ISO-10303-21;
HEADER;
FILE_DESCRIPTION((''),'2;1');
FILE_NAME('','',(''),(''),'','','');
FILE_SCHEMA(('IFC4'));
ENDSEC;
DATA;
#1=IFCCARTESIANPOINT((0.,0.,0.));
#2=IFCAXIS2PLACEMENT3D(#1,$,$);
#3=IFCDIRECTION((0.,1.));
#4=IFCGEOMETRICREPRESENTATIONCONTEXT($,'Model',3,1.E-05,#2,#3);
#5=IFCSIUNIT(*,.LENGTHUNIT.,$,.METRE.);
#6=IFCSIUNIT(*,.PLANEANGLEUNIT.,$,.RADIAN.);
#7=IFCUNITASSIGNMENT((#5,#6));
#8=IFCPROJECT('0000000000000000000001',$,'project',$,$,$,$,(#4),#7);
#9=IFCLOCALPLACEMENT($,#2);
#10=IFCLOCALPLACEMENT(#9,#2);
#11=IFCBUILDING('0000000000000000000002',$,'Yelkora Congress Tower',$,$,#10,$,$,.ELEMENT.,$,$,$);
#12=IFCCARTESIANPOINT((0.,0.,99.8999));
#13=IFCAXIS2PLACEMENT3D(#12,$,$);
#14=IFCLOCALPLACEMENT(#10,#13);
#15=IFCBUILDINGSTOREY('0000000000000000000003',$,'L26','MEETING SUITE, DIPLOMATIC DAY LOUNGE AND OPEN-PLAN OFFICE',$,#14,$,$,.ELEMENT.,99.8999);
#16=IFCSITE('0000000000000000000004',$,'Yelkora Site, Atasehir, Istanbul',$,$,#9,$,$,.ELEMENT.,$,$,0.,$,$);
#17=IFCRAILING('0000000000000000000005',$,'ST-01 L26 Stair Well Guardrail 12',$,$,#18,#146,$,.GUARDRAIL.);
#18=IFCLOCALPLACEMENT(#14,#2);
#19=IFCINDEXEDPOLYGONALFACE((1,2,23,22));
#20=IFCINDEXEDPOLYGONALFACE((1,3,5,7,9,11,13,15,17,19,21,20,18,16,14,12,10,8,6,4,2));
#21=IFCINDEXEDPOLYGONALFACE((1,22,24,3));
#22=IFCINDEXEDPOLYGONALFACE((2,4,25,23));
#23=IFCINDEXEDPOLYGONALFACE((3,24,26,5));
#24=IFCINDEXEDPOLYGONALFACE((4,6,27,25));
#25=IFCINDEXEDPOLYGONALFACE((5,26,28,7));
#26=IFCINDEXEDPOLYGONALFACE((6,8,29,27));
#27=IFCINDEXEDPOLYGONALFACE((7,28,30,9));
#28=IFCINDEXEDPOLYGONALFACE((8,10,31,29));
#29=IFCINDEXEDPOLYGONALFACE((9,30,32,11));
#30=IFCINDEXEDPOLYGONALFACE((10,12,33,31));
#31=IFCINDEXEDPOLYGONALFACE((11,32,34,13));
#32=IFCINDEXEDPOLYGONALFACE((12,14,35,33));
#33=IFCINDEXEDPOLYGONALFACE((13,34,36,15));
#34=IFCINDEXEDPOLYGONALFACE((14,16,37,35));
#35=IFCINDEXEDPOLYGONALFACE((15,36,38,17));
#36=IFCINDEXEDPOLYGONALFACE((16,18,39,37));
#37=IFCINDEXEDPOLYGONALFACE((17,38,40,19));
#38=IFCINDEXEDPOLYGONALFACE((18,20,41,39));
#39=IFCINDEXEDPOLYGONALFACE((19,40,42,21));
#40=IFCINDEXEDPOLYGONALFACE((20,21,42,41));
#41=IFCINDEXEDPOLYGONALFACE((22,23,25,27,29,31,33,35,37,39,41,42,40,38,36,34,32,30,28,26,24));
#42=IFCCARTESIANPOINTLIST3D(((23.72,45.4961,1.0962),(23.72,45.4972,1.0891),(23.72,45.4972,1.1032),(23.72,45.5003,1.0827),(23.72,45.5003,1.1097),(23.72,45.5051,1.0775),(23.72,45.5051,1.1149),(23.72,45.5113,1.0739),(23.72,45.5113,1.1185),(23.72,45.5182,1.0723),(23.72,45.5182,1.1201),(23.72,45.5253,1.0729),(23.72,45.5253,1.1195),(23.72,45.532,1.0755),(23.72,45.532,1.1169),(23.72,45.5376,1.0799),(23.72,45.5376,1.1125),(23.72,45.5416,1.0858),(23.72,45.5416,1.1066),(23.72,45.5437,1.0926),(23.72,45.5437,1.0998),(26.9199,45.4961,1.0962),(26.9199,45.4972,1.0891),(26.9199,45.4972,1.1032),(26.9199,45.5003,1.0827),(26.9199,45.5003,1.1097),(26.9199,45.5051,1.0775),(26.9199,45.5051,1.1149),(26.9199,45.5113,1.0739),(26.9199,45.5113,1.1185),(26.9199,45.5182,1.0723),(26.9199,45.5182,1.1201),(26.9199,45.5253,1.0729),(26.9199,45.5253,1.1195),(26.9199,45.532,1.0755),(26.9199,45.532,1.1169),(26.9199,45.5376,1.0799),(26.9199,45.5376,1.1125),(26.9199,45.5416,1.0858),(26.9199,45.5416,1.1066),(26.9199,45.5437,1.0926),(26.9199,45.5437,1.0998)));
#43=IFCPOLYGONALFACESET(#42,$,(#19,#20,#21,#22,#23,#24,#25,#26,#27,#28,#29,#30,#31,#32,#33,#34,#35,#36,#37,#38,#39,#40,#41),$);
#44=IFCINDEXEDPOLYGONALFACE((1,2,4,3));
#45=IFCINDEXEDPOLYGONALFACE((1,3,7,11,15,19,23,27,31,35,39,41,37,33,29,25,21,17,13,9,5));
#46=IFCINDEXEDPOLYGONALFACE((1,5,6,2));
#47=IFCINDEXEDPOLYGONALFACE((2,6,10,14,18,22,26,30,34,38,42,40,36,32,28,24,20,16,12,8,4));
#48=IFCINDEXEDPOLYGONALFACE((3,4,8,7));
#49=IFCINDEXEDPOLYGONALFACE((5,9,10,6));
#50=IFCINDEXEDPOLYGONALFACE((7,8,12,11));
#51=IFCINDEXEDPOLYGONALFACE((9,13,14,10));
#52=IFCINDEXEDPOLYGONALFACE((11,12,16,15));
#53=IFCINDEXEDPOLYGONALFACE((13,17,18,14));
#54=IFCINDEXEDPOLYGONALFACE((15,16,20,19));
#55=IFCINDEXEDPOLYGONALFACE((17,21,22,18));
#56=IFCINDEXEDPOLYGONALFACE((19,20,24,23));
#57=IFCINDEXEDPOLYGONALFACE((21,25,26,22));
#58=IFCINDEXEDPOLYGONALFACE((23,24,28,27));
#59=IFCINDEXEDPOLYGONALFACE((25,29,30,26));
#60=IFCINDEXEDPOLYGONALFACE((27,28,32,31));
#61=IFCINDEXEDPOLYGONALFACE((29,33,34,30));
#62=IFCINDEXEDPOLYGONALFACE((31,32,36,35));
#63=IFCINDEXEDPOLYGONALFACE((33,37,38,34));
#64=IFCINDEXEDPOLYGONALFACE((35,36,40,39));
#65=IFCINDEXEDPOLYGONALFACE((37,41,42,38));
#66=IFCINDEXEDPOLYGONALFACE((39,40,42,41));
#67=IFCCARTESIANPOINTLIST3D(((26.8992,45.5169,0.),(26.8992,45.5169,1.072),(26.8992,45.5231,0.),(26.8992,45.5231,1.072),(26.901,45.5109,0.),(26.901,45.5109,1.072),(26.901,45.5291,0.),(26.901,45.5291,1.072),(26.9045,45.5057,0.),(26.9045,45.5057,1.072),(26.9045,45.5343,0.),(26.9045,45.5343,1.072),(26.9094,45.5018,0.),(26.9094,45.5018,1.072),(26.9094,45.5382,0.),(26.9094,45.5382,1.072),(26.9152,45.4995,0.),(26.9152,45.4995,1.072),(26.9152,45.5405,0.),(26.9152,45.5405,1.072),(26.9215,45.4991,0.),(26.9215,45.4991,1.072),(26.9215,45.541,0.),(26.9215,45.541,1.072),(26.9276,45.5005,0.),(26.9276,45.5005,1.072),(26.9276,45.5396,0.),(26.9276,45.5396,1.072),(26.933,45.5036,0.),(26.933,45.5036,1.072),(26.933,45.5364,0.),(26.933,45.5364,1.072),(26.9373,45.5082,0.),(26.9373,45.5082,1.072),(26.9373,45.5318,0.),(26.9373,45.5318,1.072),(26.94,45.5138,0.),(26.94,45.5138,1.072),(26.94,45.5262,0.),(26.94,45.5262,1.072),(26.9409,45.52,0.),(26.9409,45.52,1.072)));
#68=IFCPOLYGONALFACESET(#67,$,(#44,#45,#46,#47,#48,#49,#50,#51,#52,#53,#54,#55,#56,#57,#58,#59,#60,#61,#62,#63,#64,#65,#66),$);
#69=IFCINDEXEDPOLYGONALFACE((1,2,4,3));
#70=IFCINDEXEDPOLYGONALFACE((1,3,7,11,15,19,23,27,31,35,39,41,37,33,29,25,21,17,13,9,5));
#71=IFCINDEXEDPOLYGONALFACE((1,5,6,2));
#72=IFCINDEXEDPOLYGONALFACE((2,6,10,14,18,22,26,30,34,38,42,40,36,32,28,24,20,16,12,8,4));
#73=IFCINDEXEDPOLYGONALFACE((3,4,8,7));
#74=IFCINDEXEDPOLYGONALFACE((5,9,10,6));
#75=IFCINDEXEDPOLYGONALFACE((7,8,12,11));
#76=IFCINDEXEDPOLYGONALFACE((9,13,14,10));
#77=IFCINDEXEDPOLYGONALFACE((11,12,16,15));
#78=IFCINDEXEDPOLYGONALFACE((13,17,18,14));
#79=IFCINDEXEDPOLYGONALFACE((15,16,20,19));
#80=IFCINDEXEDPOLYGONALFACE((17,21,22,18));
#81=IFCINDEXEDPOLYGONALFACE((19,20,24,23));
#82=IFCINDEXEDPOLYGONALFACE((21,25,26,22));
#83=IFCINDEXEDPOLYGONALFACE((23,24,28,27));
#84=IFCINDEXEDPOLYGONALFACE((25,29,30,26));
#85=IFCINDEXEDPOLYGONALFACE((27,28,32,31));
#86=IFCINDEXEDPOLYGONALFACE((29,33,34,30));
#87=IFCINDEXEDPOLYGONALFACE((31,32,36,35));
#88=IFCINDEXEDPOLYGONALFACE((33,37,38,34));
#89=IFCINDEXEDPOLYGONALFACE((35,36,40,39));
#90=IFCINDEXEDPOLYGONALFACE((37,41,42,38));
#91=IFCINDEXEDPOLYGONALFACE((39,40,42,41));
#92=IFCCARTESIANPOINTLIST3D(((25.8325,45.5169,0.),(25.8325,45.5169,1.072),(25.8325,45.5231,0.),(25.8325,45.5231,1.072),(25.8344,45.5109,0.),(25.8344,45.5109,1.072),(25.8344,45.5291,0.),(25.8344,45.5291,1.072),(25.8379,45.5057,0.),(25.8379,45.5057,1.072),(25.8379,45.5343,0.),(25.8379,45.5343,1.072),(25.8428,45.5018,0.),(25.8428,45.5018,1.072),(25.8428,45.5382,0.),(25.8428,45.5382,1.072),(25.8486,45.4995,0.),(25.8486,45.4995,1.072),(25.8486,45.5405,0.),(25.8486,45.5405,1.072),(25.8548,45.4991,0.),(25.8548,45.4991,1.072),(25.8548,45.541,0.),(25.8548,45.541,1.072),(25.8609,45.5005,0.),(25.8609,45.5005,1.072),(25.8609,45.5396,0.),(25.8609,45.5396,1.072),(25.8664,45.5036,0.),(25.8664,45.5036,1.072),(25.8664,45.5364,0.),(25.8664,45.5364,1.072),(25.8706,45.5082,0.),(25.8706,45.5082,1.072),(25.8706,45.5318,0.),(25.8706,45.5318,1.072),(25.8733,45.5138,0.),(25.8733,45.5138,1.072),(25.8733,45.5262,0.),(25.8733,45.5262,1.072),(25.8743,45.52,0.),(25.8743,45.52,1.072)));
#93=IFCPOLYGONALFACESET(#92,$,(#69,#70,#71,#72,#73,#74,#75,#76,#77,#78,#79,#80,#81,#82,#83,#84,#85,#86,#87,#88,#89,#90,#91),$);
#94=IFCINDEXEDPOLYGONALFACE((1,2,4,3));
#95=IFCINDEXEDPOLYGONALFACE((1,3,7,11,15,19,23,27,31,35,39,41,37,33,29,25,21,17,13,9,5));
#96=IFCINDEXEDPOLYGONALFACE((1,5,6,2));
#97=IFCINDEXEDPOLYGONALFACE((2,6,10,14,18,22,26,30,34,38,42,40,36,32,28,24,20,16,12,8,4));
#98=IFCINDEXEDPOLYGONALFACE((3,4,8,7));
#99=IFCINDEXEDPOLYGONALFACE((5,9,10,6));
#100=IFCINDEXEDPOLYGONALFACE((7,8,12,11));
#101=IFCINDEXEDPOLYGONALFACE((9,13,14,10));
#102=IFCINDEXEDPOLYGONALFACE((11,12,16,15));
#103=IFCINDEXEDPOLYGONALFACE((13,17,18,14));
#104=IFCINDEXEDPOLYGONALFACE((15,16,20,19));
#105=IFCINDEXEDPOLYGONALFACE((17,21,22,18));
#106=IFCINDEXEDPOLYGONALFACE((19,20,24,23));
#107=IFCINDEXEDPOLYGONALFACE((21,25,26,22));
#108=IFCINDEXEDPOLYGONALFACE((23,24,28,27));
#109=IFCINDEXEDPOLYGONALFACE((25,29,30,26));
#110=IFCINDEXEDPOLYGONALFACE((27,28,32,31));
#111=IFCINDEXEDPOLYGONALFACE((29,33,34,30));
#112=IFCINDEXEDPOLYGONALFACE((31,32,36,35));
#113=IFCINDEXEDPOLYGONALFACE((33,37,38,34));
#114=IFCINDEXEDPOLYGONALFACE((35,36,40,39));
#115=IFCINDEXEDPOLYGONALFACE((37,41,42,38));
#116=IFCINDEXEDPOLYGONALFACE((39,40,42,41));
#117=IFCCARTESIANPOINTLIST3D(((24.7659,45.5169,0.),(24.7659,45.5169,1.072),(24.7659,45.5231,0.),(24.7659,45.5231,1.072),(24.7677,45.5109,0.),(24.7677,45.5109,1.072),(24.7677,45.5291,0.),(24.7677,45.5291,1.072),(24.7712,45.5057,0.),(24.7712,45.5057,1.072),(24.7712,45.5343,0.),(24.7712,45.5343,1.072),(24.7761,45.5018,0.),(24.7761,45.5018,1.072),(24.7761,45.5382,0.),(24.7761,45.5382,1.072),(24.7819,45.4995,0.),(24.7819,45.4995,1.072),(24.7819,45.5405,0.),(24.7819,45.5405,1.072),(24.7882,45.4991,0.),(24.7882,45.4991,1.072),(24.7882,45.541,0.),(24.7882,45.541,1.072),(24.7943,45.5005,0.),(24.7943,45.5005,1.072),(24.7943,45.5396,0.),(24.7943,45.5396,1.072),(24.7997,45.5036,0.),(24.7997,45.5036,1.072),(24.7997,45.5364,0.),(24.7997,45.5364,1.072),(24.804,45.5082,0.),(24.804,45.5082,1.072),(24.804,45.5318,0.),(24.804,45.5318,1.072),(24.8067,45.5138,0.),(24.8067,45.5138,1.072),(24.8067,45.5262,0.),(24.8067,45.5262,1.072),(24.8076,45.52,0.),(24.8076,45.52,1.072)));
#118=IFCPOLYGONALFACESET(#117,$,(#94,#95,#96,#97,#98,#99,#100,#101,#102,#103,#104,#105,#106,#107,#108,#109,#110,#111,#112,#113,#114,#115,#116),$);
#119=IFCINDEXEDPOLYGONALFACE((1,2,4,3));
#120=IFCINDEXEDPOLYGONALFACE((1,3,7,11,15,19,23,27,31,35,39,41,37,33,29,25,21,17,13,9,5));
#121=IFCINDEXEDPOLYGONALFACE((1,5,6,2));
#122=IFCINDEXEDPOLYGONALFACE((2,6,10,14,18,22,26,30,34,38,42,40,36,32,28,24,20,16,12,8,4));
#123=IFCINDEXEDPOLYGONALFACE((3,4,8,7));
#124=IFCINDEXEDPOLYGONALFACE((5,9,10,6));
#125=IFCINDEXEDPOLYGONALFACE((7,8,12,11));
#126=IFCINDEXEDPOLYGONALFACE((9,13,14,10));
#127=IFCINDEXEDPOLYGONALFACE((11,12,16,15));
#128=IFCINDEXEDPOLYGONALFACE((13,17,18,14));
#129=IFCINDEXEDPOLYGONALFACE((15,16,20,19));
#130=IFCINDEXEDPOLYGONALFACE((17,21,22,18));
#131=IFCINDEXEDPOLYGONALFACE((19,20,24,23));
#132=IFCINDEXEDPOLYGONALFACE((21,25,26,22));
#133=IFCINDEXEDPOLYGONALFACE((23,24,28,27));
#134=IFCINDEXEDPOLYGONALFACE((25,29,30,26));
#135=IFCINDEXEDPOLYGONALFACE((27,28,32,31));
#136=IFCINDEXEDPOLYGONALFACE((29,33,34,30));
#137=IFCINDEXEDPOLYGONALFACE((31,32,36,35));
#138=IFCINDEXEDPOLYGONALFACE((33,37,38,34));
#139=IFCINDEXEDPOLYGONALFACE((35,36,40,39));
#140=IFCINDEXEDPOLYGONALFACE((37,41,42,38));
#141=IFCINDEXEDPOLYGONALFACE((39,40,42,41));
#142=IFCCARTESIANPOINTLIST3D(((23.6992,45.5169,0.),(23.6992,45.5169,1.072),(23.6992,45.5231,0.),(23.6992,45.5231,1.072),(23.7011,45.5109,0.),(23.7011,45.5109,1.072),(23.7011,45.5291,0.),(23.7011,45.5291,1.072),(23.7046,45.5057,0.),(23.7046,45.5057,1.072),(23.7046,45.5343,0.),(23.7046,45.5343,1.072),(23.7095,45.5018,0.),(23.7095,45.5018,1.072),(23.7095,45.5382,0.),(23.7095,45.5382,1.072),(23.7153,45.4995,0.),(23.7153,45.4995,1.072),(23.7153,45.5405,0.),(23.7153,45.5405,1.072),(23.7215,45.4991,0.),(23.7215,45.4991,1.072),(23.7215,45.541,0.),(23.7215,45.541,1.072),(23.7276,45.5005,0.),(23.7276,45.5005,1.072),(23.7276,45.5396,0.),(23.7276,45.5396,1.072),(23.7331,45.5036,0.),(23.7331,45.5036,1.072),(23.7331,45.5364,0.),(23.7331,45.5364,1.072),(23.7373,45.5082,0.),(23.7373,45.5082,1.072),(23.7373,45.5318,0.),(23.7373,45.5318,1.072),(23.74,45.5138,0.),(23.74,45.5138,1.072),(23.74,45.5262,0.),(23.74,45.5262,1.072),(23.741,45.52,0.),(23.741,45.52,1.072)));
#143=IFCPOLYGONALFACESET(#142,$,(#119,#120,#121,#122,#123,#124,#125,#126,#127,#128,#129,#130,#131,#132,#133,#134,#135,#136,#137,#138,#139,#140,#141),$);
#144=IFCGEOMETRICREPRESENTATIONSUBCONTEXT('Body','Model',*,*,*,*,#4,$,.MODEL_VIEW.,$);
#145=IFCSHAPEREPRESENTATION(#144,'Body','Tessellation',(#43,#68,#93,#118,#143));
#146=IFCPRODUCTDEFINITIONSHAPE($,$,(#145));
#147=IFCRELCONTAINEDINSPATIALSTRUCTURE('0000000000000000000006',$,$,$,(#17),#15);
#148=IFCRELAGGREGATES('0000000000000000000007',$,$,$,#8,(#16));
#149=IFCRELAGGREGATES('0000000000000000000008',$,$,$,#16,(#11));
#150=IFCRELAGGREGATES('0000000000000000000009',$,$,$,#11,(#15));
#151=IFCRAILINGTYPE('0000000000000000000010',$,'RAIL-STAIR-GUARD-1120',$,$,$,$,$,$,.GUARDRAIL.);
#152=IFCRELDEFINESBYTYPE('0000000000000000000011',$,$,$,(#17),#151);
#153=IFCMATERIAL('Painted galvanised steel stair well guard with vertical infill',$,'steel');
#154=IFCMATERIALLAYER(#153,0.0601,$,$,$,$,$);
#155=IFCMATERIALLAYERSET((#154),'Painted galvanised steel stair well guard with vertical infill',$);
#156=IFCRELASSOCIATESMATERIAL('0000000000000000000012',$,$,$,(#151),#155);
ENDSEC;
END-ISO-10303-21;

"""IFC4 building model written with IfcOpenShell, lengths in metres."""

from ifc_helpers import new_model, si_unit, direction, frame, origin, origin_2d, place, context, subcontext, project, spatial, circle, extrude, material, layer, layer_set, type_object, element, save


model = new_model("IFC4")

# Units and contexts
model_context = context("Model", 3, precision=1e-05, world=origin(), true_north=direction((0.0, 1.0)))
body_context = subcontext(model_context, "Body", "Model", "MODEL_VIEW")
ifc_project = project(units=[si_unit("LENGTHUNIT", "METRE"), si_unit("PLANEANGLEUNIT", "RADIAN")], contexts=[model_context])

# Site, building, storey
site_placement = place(None, origin())
site = spatial("IfcSite", under=ifc_project, at=site_placement, Name="Yelkora Site, Atasehir, Istanbul", CompositionType="ELEMENT", RefElevation=0.0)
building_placement = place(site_placement, origin())
building = spatial("IfcBuilding", under=site, at=building_placement, Name="Yelkora Congress Tower", CompositionType="ELEMENT")
storey_placement = place(building_placement, frame((0.0, 0.0, 99.8999)))
storey = spatial("IfcBuildingStorey", under=building, at=storey_placement, Name="L26", Description="MEETING SUITE, DIPLOMATIC DAY LOUNGE AND OPEN-PLAN OFFICE", CompositionType="ELEMENT", Elevation=99.8999)

# Railing
ifc_material_1 = material(Name="Painted galvanised steel stair well guard with vertical infill", Category="steel")
ifc_layer_1 = layer(ifc_material_1, 0.0601)
ifc_layer_set_1 = layer_set([ifc_layer_1], Name="Painted galvanised steel stair well guard with vertical infill")
railing_type_1 = type_object("IfcRailingType", Name="RAIL-STAIR-GUARD-1120", PredefinedType="GUARDRAIL", material=ifc_layer_set_1)
railing_1_placement = place(storey_placement, frame((26.9199, 45.52, 0.0)))
element("IfcRailing", 1, at=railing_1_placement, inside=storey, type_object=railing_type_1, Name="ST-01 L26 Stair Well Guardrail 12", PredefinedType="GUARDRAIL", context=body_context, shape_type="SweptSolid", body=[
    extrude(circle(Radius=0.0239, at=origin_2d()), frame((0.0, 0.0, 1.0962), z_axis=(-1.0, 0.0, 0.0), x_axis=(0.0, -1.0, 0.0)), (0.0, 0.0, 1.0), 3.2),
    extrude(circle(Radius=0.021, at=origin_2d()), origin(), (0.0, 0.0, 1.0), 1.072),
    extrude(circle(Radius=0.021, at=origin_2d()), frame((-1.0667, 0.0, 0.0)), (0.0, 0.0, 1.0), 1.072),
    extrude(circle(Radius=0.021, at=origin_2d()), frame((-2.1333, 0.0, 0.0)), (0.0, 0.0, 1.0), 1.072),
    extrude(circle(Radius=0.021, at=origin_2d()), frame((-3.2, 0.0, 0.0)), (0.0, 0.0, 1.0), 1.072),
])

save(model, "model.ifc")
